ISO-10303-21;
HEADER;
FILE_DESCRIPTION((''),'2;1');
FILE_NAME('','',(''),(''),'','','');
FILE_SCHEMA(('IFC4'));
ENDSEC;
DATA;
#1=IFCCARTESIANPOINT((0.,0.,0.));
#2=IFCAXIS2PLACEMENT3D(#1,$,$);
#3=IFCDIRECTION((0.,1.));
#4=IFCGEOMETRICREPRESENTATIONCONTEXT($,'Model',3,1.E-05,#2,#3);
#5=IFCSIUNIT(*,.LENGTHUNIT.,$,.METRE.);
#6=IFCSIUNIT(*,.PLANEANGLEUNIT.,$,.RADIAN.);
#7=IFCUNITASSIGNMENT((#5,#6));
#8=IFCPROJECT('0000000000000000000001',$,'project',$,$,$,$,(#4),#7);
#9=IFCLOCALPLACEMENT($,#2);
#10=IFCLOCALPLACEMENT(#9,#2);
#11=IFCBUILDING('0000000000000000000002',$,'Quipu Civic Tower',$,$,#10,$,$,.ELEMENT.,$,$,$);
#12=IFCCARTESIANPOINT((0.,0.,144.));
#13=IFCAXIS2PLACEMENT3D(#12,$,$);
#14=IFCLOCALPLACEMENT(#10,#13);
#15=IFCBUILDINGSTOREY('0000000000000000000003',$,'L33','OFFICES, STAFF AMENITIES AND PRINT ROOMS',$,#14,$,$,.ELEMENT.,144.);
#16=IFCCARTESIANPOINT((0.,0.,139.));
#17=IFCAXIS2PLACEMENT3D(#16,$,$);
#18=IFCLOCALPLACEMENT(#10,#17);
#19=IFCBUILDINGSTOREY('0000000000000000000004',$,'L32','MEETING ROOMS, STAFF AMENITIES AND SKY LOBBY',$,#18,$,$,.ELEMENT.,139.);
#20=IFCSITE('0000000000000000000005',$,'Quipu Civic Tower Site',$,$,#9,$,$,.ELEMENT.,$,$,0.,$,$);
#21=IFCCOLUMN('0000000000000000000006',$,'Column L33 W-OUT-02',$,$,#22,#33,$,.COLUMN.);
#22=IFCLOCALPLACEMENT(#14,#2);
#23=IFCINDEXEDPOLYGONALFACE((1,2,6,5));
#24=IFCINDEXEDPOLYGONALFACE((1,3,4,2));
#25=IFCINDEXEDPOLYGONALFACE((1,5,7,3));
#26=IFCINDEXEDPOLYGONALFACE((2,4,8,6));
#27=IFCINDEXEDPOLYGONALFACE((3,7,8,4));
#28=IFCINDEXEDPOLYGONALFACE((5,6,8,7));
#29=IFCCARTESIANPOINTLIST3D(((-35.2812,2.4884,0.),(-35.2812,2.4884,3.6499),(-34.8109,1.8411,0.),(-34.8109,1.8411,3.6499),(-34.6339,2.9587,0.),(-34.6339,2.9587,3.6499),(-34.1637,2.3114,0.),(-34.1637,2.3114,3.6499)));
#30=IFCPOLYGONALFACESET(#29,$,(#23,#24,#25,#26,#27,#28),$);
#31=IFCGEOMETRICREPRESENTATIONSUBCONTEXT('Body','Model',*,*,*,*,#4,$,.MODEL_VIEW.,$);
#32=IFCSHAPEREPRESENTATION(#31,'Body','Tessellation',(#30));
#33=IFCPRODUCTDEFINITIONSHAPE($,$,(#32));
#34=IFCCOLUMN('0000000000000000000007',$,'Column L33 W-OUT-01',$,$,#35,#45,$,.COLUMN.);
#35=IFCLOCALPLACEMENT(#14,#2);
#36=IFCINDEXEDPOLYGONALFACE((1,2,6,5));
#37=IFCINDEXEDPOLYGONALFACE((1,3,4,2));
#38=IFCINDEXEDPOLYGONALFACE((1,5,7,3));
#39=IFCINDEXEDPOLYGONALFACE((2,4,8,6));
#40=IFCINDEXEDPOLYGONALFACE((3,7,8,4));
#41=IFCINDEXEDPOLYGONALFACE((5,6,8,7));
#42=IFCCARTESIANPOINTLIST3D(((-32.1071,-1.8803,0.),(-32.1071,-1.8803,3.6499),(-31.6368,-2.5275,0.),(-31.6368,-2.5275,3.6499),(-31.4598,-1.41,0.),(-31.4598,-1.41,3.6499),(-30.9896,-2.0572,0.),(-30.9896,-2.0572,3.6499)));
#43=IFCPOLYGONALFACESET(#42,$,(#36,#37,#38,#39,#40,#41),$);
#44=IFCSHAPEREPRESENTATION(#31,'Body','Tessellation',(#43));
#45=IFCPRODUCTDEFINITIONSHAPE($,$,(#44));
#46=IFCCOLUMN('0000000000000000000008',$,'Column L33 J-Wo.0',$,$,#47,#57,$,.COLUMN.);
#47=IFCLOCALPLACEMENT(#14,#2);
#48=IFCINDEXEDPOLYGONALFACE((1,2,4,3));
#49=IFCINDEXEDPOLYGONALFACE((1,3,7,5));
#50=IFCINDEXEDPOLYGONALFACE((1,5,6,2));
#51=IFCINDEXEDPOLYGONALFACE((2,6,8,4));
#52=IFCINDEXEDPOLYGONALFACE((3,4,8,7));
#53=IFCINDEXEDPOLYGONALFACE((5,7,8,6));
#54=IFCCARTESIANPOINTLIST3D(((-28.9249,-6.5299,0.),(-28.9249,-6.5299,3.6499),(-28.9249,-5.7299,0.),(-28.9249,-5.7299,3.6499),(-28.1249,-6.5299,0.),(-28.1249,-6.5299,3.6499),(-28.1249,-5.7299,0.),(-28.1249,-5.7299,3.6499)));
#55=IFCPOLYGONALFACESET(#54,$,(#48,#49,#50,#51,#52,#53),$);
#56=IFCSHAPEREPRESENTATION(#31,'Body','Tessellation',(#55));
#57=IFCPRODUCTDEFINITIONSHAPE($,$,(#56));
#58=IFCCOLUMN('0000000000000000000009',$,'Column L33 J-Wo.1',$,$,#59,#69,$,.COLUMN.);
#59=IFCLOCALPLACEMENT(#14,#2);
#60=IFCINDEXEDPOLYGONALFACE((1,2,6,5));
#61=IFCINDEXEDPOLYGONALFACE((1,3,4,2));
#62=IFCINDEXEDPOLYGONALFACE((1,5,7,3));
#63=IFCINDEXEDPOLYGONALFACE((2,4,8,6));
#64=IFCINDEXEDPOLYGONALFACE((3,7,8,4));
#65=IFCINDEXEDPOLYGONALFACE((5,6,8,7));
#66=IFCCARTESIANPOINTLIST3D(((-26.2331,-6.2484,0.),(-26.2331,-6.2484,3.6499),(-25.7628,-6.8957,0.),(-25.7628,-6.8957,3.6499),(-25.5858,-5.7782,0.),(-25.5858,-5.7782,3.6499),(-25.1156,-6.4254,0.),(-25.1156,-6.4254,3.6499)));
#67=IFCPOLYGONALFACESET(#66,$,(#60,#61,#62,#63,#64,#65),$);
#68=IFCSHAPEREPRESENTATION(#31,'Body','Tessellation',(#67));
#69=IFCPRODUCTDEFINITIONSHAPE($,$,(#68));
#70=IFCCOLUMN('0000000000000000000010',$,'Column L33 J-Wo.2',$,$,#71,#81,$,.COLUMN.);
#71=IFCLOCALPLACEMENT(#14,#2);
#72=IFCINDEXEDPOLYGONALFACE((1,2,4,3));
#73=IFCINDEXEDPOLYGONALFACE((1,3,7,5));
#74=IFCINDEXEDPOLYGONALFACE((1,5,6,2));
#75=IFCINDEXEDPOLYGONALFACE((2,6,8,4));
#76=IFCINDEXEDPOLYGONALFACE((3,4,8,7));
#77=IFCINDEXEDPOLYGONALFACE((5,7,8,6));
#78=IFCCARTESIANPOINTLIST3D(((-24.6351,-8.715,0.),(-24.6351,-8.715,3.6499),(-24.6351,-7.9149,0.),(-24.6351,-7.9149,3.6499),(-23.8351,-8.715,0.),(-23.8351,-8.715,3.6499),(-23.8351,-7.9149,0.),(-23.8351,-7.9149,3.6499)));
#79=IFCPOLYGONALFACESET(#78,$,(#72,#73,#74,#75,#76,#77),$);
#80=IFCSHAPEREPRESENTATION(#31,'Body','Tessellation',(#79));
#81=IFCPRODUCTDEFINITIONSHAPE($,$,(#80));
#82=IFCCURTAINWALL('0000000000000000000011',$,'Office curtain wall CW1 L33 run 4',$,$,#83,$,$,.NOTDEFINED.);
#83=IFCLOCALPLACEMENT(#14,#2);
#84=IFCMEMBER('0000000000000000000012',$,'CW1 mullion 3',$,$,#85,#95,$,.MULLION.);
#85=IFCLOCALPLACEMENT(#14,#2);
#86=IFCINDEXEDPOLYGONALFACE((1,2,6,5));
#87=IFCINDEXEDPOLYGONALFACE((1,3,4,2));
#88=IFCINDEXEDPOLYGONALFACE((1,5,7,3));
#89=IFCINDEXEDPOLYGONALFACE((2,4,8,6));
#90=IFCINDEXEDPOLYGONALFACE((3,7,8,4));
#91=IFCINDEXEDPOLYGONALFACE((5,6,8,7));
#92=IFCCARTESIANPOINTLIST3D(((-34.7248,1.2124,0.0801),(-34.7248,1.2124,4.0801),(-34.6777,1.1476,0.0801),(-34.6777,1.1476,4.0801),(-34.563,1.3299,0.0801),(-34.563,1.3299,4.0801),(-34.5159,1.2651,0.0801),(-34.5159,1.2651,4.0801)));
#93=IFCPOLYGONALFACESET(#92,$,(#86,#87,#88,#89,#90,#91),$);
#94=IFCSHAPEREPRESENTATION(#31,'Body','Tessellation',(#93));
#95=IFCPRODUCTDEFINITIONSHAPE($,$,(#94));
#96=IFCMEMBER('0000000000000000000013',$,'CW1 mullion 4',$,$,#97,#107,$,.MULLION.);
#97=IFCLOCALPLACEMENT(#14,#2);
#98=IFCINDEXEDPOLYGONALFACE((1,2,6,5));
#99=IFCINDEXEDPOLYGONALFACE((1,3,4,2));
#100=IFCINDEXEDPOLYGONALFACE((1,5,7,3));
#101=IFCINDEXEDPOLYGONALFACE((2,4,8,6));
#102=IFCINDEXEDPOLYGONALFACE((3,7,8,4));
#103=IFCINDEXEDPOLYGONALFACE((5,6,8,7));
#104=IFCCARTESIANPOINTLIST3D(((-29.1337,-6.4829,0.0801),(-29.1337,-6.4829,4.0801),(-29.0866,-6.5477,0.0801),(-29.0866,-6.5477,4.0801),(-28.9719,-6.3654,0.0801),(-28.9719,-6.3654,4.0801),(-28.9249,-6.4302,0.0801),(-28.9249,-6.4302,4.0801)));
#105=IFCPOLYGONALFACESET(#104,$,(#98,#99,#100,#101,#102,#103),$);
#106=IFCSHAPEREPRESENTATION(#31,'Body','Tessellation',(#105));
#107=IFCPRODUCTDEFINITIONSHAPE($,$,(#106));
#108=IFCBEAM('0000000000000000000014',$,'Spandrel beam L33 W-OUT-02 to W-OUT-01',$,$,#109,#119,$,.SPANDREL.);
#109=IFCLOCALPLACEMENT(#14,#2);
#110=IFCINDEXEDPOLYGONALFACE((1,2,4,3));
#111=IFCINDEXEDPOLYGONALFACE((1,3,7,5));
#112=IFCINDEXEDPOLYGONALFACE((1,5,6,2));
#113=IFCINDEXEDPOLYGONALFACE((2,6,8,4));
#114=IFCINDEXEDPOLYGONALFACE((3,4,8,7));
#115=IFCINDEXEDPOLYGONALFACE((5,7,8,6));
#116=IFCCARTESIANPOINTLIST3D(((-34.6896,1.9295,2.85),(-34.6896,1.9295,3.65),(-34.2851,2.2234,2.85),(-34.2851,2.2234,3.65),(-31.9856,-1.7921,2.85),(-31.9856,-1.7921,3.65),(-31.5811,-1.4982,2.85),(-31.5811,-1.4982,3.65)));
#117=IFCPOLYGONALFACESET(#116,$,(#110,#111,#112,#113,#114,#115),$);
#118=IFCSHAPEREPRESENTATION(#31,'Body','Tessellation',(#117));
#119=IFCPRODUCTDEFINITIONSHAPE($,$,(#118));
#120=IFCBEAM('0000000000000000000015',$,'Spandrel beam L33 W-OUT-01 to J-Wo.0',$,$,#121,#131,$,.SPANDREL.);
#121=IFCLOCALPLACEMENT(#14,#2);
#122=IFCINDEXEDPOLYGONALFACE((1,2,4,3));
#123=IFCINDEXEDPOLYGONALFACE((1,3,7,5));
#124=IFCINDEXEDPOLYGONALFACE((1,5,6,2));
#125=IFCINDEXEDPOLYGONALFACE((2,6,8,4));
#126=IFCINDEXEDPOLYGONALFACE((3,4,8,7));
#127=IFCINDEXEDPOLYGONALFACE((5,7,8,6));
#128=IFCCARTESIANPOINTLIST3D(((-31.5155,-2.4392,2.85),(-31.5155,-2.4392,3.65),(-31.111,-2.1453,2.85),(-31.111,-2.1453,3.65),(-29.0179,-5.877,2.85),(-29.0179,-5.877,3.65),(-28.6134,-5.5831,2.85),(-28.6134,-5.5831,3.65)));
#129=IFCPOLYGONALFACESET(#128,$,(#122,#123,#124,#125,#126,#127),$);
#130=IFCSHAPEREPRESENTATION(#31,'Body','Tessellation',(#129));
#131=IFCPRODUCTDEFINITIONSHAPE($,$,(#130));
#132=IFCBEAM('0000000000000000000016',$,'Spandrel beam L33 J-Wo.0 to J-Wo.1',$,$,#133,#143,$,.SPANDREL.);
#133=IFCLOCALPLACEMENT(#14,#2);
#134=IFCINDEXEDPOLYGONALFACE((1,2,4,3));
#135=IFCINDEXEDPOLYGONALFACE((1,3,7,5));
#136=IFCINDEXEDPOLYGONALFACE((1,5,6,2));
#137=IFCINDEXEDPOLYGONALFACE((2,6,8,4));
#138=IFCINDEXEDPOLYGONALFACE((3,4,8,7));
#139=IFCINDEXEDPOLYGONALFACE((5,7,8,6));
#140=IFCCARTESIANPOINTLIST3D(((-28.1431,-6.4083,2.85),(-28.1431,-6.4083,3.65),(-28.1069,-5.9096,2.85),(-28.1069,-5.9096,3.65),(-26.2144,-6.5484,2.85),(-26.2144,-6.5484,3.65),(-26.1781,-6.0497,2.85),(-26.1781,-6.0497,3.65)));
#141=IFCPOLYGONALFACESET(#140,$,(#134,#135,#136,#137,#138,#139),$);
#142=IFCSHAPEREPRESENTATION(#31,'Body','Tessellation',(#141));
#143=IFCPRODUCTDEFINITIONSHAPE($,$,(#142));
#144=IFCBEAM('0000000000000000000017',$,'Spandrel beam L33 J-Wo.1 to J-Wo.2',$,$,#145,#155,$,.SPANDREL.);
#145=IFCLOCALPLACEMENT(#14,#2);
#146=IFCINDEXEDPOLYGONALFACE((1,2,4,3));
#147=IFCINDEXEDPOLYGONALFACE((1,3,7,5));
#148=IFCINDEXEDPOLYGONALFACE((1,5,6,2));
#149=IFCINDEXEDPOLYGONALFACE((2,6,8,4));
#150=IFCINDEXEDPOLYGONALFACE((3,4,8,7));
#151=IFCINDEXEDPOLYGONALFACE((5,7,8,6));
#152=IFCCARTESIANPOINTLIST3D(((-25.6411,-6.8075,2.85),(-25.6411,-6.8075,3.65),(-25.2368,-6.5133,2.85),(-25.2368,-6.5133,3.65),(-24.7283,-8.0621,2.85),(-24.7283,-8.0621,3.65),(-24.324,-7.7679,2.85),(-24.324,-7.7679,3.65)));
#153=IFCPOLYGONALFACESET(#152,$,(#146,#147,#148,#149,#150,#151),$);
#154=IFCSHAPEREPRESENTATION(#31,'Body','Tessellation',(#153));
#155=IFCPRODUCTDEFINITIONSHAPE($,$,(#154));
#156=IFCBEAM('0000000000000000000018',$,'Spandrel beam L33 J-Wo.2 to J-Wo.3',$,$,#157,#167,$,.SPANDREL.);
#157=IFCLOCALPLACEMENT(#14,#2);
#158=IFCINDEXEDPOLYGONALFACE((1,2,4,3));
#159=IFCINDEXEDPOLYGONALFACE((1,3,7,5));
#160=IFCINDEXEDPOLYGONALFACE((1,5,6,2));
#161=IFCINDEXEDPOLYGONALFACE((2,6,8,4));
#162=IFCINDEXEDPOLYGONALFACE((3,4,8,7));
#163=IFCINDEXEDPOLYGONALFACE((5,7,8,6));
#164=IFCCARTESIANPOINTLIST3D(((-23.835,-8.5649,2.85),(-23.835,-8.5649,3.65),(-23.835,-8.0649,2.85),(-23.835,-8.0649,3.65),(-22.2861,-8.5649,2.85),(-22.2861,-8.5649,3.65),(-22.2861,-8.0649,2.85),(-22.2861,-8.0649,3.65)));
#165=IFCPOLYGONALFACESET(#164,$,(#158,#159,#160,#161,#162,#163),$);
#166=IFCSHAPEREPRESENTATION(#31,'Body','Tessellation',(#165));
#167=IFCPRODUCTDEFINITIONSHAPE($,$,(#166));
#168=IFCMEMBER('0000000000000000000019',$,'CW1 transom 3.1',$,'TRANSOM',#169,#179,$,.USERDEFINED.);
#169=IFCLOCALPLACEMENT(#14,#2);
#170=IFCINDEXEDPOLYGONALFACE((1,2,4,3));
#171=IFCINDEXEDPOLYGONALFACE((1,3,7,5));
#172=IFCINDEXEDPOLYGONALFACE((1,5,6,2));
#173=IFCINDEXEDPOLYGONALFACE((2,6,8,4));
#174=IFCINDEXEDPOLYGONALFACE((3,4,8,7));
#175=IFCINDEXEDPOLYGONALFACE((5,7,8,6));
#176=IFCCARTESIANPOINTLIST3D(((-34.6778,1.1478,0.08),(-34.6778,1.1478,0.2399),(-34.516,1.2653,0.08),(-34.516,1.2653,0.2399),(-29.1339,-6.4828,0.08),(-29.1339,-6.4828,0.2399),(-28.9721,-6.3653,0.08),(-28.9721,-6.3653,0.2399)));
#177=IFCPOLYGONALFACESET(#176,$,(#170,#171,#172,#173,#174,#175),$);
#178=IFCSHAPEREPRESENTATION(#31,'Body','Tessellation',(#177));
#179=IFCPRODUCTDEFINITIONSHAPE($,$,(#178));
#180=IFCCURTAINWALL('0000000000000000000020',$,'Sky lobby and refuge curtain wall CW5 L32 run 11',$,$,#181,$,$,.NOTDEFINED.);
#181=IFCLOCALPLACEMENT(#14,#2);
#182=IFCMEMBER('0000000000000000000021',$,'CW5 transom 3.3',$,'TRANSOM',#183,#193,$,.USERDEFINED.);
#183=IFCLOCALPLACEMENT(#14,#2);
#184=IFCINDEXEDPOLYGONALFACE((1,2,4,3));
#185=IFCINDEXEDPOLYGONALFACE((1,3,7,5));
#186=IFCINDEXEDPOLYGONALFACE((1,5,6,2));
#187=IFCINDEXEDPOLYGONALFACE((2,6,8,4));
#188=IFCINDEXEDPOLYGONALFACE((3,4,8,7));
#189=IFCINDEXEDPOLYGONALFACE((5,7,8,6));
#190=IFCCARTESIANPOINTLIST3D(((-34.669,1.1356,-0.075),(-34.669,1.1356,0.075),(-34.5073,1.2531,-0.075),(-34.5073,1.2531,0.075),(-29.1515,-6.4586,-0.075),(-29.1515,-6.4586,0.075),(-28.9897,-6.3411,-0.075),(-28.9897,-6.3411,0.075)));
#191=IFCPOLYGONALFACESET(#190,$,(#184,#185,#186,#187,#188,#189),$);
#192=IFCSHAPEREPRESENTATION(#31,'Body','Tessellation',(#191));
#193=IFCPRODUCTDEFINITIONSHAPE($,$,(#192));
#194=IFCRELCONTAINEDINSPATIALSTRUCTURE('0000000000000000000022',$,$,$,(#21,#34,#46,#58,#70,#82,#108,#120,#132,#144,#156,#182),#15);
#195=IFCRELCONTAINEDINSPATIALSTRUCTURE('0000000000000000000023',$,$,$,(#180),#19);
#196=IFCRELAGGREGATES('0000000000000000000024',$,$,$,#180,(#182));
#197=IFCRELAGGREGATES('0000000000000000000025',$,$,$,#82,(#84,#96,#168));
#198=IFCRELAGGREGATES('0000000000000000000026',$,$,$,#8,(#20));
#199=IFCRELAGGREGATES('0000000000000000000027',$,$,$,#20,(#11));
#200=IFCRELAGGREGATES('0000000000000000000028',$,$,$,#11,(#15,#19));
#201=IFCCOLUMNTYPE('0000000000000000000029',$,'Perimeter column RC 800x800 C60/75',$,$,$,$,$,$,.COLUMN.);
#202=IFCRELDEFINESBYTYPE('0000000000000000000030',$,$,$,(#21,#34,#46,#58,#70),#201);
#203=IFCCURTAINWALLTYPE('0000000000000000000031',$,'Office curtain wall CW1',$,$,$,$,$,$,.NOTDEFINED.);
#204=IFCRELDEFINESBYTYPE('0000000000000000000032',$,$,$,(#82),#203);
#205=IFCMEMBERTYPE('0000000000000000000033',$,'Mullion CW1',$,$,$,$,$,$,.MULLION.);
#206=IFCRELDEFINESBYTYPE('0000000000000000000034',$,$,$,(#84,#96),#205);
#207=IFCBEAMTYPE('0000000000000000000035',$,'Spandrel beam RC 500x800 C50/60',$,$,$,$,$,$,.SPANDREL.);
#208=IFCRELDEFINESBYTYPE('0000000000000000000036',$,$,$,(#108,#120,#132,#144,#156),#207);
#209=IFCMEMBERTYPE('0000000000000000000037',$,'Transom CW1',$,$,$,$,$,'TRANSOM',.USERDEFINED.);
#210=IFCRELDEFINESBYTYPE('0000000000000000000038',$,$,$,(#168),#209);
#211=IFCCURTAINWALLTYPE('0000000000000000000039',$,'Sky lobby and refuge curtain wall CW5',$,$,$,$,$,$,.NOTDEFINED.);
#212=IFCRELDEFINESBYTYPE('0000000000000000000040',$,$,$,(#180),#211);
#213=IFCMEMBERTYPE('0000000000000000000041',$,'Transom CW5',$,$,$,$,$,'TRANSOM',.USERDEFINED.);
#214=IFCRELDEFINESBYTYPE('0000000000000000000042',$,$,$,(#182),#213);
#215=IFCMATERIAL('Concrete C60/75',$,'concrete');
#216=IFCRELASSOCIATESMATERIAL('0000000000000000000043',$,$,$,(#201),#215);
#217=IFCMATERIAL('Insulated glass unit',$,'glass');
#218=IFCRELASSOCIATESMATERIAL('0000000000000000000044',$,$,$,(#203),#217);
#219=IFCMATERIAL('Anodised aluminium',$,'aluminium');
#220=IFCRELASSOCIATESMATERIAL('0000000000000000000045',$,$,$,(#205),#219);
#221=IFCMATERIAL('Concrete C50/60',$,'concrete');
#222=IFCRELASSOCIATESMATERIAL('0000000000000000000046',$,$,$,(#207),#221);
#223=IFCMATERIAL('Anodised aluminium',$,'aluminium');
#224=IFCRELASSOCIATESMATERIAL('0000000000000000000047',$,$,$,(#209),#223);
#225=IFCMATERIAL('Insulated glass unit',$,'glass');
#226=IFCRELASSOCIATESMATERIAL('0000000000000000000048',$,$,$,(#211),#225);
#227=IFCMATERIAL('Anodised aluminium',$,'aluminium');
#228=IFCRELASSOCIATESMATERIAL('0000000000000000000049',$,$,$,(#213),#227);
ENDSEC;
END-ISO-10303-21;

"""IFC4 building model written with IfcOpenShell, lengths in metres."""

from ifc_helpers import new_model, si_unit, direction, frame, origin, origin_2d, place, context, subcontext, project, spatial, rectangle, extrude, material, material_profile, profile_set, type_object, element, aggregate, save


model = new_model("IFC4")

# Units and contexts
model_context = context("Model", 3, precision=1e-05, world=origin(), true_north=direction((0.0, 1.0)))
body_context = subcontext(model_context, "Body", "Model", "MODEL_VIEW")
ifc_project = project(units=[si_unit("LENGTHUNIT", "METRE"), si_unit("PLANEANGLEUNIT", "RADIAN")], contexts=[model_context])

# Site, building, storey
site_placement = place(None, origin())
site = spatial("IfcSite", under=ifc_project, at=site_placement, Name="Quipu Civic Tower Site", CompositionType="ELEMENT", RefElevation=0.0)
building_placement = place(site_placement, origin())
building = spatial("IfcBuilding", under=site, at=building_placement, Name="Quipu Civic Tower", CompositionType="ELEMENT")
storey_1_placement = place(building_placement, frame((0.0, 0.0, 144.0)))
storey_1 = spatial("IfcBuildingStorey", under=building, at=storey_1_placement, Name="L33", Description="OFFICES, STAFF AMENITIES AND PRINT ROOMS", CompositionType="ELEMENT", Elevation=144.0)

# Columns
ifc_material_1 = material(Name="Concrete C60/75", Category="concrete")
ifc_material_profile_1 = material_profile(ifc_material_1, rectangle(XDim=0.8, YDim=0.8, at=origin_2d()), Name="RC800x800")
ifc_profile_set_1 = profile_set([ifc_material_profile_1], Name="Concrete C60/75")
column_type = type_object("IfcColumnType", Name="Perimeter column RC 800x800 C60/75", PredefinedType="COLUMN", material=ifc_profile_set_1)
for number, where, z_axis, x_axis, name in (
    (1, (-34.7224, 2.3999, 0.0), (0.0, 0.0, 1.0), (0.587785, -0.809017, 0.0), "Column L33 W-OUT-02"),
    (2, (-31.5483, -1.9688, 0.0), (0.0, 0.0, 1.0), (0.587785, -0.809017, 0.0), "Column L33 W-OUT-01"),
    (3, (-28.5249, -6.1299, 0.0), (0.0, 0.0, 1.0), (1.0, 0.0, 0.0), "Column L33 J-Wo.0"),
    (4, (-25.6743, -6.3369, 0.0), (0.0, 0.0, 1.0), (0.587785, -0.809017, 0.0), "Column L33 J-Wo.1"),
    (5, (-24.2351, -8.3149, 0.0), (0.0, 0.0, 1.0), (1.0, 0.0, 0.0), "Column L33 J-Wo.2"),
):
    element("IfcColumn", number, at=place(storey_1_placement, frame(where, z_axis=z_axis, x_axis=x_axis)), inside=storey_1, type_object=column_type, Name=name, PredefinedType="COLUMN", context=body_context, shape_type="SweptSolid", body=[
        extrude(rectangle(XDim=0.8, YDim=0.8, at=origin_2d()), origin(), (0.0, 0.0, 1.0), 3.6499),
    ])

# Curtain wall, members
ifc_material_2 = material(Name="Insulated glass unit", Category="glass")
curtain_wall_type_1 = type_object("IfcCurtainWallType", Name="Office curtain wall CW1", PredefinedType="NOTDEFINED", material=ifc_material_2)
curtain_wall_1_placement = place(storey_1_placement, origin())
curtain_wall_1 = element("IfcCurtainWall", 6, at=curtain_wall_1_placement, inside=storey_1, type_object=curtain_wall_type_1, Name="Office curtain wall CW1 L33 run 4", PredefinedType="NOTDEFINED")
ifc_material_3 = material(Name="Anodised aluminium", Category="aluminium")
ifc_material_profile_2 = material_profile(ifc_material_3, rectangle(XDim=0.2, YDim=0.0801, at=origin_2d()), Name="RECT 200x80")
ifc_profile_set_2 = profile_set([ifc_material_profile_2], Name="Anodised aluminium")
member_type_1 = type_object("IfcMemberType", Name="Mullion CW1", PredefinedType="MULLION", material=ifc_profile_set_2)
member_1_placement = place(storey_1_placement, frame((-34.6204, 1.2388, 0.0801), z_axis=(0.0, 0.0, 1.0), x_axis=(0.809017, 0.587786, 0.0)))
member_1 = element("IfcMember", 7, at=member_1_placement, type_object=member_type_1, Name="CW1 mullion 3", PredefinedType="MULLION", context=body_context, shape_type="SweptSolid", body=[
    extrude(rectangle(XDim=0.2, YDim=0.0801, at=origin_2d()), origin(), (0.0, 0.0, 1.0), 4.0),
])
member_2_placement = place(storey_1_placement, frame((-29.0293, -6.4565, 0.0801), z_axis=(0.0, 0.0, 1.0), x_axis=(0.809017, 0.587786, 0.0)))
member_2 = element("IfcMember", 8, at=member_2_placement, type_object=member_type_1, Name="CW1 mullion 4", PredefinedType="MULLION", context=body_context, shape_type="SweptSolid", body=[
    extrude(rectangle(XDim=0.2, YDim=0.0801, at=origin_2d()), origin(), (0.0, 0.0, 1.0), 4.0),
])

# Beams
ifc_material_4 = material(Name="Concrete C50/60", Category="concrete")
ifc_material_profile_3 = material_profile(ifc_material_4, rectangle(XDim=0.5, YDim=0.8, at=origin_2d()), Name="RC500x800")
ifc_profile_set_3 = profile_set([ifc_material_profile_3], Name="Concrete C50/60")
beam_type = type_object("IfcBeamType", Name="Spandrel beam RC 500x800 C50/60", PredefinedType="SPANDREL", material=ifc_profile_set_3)
beam_1_placement = place(storey_1_placement, frame((-34.4873, 2.0764, 3.25), z_axis=(0.587796, -0.809009, 0.0), x_axis=(0.809009, 0.587796, 0.0)))
element("IfcBeam", 9, at=beam_1_placement, inside=storey_1, type_object=beam_type, Name="Spandrel beam L33 W-OUT-02 to W-OUT-01", PredefinedType="SPANDREL", context=body_context, shape_type="SweptSolid", body=[
    extrude(rectangle(XDim=0.5, YDim=0.8, at=origin_2d()), origin(), (0.0, 0.0, 1.0), 4.6001),
])
beam_2_placement = place(storey_1_placement, frame((-31.3132, -2.2922, 3.25), z_axis=(0.587769, -0.809029, 0.0), x_axis=(0.809029, 0.587769, 0.0)))
element("IfcBeam", 10, at=beam_2_placement, inside=storey_1, type_object=beam_type, Name="Spandrel beam L33 W-OUT-01 to J-Wo.0", PredefinedType="SPANDREL", context=body_context, shape_type="SweptSolid", body=[
    extrude(rectangle(XDim=0.5, YDim=0.8, at=origin_2d()), origin(), (0.0, 0.0, 1.0), 4.2493),
])
beam_3_placement = place(storey_1_placement, frame((-28.125, -6.1589, 3.25), z_axis=(0.997371, -0.072467, 0.0), x_axis=(0.072467, 0.997371, 0.0)))
element("IfcBeam", 11, at=beam_3_placement, inside=storey_1, type_object=beam_type, Name="Spandrel beam L33 J-Wo.0 to J-Wo.1", PredefinedType="SPANDREL", context=body_context, shape_type="SweptSolid", body=[
    extrude(rectangle(XDim=0.5, YDim=0.8, at=origin_2d()), origin(), (0.0, 0.0, 1.0), 1.9338),
])
beam_4_placement = place(storey_1_placement, frame((-25.439, -6.6604, 3.25), z_axis=(0.588331, -0.80862, 0.0), x_axis=(0.80862, 0.588331, 0.0)))
element("IfcBeam", 12, at=beam_4_placement, inside=storey_1, type_object=beam_type, Name="Spandrel beam L33 J-Wo.1 to J-Wo.2", PredefinedType="SPANDREL", context=body_context, shape_type="SweptSolid", body=[
    extrude(rectangle(XDim=0.5, YDim=0.8, at=origin_2d()), origin(), (0.0, 0.0, 1.0), 1.5515),
])
beam_5_placement = place(storey_1_placement, frame((-23.835, -8.3149, 3.25), z_axis=(1.0, 0.0, 0.0), x_axis=(0.0, 1.0, 0.0)))
element("IfcBeam", 13, at=beam_5_placement, inside=storey_1, type_object=beam_type, Name="Spandrel beam L33 J-Wo.2 to J-Wo.3", PredefinedType="SPANDREL", context=body_context, shape_type="SweptSolid", body=[
    extrude(rectangle(XDim=0.5, YDim=0.8, at=origin_2d()), origin(), (0.0, 0.0, 1.0), 1.5488),
])

# Member
ifc_material_5 = material(Name="Anodised aluminium", Category="aluminium")
ifc_material_profile_4 = material_profile(ifc_material_5, rectangle(XDim=0.2, YDim=0.1599, at=origin_2d()), Name="RECT 200x160")
ifc_profile_set_4 = profile_set([ifc_material_profile_4], Name="Anodised aluminium")
member_type_2 = type_object("IfcMemberType", Name="Transom CW1", ElementType="TRANSOM", PredefinedType="USERDEFINED", material=ifc_profile_set_4)
member_3_placement = place(storey_1_placement, frame((-34.5969, 1.2065, 0.1599), z_axis=(0.587784, -0.809018, 0.0), x_axis=(0.809018, 0.587784, 0.0)))
member_3 = element("IfcMember", 14, at=member_3_placement, type_object=member_type_2, Name="CW1 transom 3.1", ObjectType="TRANSOM", PredefinedType="USERDEFINED", context=body_context, shape_type="SweptSolid", body=[
    extrude(rectangle(XDim=0.2, YDim=0.1599, at=origin_2d()), origin(), (0.0, 0.0, 1.0), 9.4319),
])

# Shared definitions
storey_2_placement = place(building_placement, frame((0.0, 0.0, 139.0)))
storey_2 = spatial("IfcBuildingStorey", under=building, at=storey_2_placement, Name="L32", Description="MEETING ROOMS, STAFF AMENITIES AND SKY LOBBY", CompositionType="ELEMENT", Elevation=139.0)

# Curtain wall, member
ifc_material_6 = material(Name="Insulated glass unit", Category="glass")
curtain_wall_type_2 = type_object("IfcCurtainWallType", Name="Sky lobby and refuge curtain wall CW5", PredefinedType="NOTDEFINED", material=ifc_material_6)
curtain_wall_2_placement = place(storey_2_placement, origin())
curtain_wall_2 = element("IfcCurtainWall", 15, at=curtain_wall_2_placement, inside=storey_2, type_object=curtain_wall_type_2, Name="Sky lobby and refuge curtain wall CW5 L32 run 11", PredefinedType="NOTDEFINED")
ifc_material_7 = material(Name="Anodised aluminium", Category="aluminium")
ifc_material_profile_5 = material_profile(ifc_material_7, rectangle(XDim=0.2, YDim=0.1499, at=origin_2d()), Name="RECT 200x150")
ifc_profile_set_5 = profile_set([ifc_material_profile_5], Name="Anodised aluminium")
member_type_3 = type_object("IfcMemberType", Name="Transom CW5", ElementType="TRANSOM", PredefinedType="USERDEFINED", material=ifc_profile_set_5)
member_4_placement = place(storey_1_placement, frame((-34.5881, 1.1943, 0.0), z_axis=(0.587788, -0.809015, 0.0), x_axis=(0.809015, 0.587788, 0.0)))
member_4 = element("IfcMember", 16, at=member_4_placement, inside=storey_1, type_object=member_type_3, Name="CW5 transom 3.3", ObjectType="TRANSOM", PredefinedType="USERDEFINED", context=body_context, shape_type="SweptSolid", body=[
    extrude(rectangle(XDim=0.2, YDim=0.1499, at=origin_2d()), origin(), (0.0, 0.0, 1.0), 9.387),
])
aggregate(curtain_wall_2, [member_4])

aggregate(curtain_wall_1, [member_1, member_2, member_3])

save(model, "model.ifc")
